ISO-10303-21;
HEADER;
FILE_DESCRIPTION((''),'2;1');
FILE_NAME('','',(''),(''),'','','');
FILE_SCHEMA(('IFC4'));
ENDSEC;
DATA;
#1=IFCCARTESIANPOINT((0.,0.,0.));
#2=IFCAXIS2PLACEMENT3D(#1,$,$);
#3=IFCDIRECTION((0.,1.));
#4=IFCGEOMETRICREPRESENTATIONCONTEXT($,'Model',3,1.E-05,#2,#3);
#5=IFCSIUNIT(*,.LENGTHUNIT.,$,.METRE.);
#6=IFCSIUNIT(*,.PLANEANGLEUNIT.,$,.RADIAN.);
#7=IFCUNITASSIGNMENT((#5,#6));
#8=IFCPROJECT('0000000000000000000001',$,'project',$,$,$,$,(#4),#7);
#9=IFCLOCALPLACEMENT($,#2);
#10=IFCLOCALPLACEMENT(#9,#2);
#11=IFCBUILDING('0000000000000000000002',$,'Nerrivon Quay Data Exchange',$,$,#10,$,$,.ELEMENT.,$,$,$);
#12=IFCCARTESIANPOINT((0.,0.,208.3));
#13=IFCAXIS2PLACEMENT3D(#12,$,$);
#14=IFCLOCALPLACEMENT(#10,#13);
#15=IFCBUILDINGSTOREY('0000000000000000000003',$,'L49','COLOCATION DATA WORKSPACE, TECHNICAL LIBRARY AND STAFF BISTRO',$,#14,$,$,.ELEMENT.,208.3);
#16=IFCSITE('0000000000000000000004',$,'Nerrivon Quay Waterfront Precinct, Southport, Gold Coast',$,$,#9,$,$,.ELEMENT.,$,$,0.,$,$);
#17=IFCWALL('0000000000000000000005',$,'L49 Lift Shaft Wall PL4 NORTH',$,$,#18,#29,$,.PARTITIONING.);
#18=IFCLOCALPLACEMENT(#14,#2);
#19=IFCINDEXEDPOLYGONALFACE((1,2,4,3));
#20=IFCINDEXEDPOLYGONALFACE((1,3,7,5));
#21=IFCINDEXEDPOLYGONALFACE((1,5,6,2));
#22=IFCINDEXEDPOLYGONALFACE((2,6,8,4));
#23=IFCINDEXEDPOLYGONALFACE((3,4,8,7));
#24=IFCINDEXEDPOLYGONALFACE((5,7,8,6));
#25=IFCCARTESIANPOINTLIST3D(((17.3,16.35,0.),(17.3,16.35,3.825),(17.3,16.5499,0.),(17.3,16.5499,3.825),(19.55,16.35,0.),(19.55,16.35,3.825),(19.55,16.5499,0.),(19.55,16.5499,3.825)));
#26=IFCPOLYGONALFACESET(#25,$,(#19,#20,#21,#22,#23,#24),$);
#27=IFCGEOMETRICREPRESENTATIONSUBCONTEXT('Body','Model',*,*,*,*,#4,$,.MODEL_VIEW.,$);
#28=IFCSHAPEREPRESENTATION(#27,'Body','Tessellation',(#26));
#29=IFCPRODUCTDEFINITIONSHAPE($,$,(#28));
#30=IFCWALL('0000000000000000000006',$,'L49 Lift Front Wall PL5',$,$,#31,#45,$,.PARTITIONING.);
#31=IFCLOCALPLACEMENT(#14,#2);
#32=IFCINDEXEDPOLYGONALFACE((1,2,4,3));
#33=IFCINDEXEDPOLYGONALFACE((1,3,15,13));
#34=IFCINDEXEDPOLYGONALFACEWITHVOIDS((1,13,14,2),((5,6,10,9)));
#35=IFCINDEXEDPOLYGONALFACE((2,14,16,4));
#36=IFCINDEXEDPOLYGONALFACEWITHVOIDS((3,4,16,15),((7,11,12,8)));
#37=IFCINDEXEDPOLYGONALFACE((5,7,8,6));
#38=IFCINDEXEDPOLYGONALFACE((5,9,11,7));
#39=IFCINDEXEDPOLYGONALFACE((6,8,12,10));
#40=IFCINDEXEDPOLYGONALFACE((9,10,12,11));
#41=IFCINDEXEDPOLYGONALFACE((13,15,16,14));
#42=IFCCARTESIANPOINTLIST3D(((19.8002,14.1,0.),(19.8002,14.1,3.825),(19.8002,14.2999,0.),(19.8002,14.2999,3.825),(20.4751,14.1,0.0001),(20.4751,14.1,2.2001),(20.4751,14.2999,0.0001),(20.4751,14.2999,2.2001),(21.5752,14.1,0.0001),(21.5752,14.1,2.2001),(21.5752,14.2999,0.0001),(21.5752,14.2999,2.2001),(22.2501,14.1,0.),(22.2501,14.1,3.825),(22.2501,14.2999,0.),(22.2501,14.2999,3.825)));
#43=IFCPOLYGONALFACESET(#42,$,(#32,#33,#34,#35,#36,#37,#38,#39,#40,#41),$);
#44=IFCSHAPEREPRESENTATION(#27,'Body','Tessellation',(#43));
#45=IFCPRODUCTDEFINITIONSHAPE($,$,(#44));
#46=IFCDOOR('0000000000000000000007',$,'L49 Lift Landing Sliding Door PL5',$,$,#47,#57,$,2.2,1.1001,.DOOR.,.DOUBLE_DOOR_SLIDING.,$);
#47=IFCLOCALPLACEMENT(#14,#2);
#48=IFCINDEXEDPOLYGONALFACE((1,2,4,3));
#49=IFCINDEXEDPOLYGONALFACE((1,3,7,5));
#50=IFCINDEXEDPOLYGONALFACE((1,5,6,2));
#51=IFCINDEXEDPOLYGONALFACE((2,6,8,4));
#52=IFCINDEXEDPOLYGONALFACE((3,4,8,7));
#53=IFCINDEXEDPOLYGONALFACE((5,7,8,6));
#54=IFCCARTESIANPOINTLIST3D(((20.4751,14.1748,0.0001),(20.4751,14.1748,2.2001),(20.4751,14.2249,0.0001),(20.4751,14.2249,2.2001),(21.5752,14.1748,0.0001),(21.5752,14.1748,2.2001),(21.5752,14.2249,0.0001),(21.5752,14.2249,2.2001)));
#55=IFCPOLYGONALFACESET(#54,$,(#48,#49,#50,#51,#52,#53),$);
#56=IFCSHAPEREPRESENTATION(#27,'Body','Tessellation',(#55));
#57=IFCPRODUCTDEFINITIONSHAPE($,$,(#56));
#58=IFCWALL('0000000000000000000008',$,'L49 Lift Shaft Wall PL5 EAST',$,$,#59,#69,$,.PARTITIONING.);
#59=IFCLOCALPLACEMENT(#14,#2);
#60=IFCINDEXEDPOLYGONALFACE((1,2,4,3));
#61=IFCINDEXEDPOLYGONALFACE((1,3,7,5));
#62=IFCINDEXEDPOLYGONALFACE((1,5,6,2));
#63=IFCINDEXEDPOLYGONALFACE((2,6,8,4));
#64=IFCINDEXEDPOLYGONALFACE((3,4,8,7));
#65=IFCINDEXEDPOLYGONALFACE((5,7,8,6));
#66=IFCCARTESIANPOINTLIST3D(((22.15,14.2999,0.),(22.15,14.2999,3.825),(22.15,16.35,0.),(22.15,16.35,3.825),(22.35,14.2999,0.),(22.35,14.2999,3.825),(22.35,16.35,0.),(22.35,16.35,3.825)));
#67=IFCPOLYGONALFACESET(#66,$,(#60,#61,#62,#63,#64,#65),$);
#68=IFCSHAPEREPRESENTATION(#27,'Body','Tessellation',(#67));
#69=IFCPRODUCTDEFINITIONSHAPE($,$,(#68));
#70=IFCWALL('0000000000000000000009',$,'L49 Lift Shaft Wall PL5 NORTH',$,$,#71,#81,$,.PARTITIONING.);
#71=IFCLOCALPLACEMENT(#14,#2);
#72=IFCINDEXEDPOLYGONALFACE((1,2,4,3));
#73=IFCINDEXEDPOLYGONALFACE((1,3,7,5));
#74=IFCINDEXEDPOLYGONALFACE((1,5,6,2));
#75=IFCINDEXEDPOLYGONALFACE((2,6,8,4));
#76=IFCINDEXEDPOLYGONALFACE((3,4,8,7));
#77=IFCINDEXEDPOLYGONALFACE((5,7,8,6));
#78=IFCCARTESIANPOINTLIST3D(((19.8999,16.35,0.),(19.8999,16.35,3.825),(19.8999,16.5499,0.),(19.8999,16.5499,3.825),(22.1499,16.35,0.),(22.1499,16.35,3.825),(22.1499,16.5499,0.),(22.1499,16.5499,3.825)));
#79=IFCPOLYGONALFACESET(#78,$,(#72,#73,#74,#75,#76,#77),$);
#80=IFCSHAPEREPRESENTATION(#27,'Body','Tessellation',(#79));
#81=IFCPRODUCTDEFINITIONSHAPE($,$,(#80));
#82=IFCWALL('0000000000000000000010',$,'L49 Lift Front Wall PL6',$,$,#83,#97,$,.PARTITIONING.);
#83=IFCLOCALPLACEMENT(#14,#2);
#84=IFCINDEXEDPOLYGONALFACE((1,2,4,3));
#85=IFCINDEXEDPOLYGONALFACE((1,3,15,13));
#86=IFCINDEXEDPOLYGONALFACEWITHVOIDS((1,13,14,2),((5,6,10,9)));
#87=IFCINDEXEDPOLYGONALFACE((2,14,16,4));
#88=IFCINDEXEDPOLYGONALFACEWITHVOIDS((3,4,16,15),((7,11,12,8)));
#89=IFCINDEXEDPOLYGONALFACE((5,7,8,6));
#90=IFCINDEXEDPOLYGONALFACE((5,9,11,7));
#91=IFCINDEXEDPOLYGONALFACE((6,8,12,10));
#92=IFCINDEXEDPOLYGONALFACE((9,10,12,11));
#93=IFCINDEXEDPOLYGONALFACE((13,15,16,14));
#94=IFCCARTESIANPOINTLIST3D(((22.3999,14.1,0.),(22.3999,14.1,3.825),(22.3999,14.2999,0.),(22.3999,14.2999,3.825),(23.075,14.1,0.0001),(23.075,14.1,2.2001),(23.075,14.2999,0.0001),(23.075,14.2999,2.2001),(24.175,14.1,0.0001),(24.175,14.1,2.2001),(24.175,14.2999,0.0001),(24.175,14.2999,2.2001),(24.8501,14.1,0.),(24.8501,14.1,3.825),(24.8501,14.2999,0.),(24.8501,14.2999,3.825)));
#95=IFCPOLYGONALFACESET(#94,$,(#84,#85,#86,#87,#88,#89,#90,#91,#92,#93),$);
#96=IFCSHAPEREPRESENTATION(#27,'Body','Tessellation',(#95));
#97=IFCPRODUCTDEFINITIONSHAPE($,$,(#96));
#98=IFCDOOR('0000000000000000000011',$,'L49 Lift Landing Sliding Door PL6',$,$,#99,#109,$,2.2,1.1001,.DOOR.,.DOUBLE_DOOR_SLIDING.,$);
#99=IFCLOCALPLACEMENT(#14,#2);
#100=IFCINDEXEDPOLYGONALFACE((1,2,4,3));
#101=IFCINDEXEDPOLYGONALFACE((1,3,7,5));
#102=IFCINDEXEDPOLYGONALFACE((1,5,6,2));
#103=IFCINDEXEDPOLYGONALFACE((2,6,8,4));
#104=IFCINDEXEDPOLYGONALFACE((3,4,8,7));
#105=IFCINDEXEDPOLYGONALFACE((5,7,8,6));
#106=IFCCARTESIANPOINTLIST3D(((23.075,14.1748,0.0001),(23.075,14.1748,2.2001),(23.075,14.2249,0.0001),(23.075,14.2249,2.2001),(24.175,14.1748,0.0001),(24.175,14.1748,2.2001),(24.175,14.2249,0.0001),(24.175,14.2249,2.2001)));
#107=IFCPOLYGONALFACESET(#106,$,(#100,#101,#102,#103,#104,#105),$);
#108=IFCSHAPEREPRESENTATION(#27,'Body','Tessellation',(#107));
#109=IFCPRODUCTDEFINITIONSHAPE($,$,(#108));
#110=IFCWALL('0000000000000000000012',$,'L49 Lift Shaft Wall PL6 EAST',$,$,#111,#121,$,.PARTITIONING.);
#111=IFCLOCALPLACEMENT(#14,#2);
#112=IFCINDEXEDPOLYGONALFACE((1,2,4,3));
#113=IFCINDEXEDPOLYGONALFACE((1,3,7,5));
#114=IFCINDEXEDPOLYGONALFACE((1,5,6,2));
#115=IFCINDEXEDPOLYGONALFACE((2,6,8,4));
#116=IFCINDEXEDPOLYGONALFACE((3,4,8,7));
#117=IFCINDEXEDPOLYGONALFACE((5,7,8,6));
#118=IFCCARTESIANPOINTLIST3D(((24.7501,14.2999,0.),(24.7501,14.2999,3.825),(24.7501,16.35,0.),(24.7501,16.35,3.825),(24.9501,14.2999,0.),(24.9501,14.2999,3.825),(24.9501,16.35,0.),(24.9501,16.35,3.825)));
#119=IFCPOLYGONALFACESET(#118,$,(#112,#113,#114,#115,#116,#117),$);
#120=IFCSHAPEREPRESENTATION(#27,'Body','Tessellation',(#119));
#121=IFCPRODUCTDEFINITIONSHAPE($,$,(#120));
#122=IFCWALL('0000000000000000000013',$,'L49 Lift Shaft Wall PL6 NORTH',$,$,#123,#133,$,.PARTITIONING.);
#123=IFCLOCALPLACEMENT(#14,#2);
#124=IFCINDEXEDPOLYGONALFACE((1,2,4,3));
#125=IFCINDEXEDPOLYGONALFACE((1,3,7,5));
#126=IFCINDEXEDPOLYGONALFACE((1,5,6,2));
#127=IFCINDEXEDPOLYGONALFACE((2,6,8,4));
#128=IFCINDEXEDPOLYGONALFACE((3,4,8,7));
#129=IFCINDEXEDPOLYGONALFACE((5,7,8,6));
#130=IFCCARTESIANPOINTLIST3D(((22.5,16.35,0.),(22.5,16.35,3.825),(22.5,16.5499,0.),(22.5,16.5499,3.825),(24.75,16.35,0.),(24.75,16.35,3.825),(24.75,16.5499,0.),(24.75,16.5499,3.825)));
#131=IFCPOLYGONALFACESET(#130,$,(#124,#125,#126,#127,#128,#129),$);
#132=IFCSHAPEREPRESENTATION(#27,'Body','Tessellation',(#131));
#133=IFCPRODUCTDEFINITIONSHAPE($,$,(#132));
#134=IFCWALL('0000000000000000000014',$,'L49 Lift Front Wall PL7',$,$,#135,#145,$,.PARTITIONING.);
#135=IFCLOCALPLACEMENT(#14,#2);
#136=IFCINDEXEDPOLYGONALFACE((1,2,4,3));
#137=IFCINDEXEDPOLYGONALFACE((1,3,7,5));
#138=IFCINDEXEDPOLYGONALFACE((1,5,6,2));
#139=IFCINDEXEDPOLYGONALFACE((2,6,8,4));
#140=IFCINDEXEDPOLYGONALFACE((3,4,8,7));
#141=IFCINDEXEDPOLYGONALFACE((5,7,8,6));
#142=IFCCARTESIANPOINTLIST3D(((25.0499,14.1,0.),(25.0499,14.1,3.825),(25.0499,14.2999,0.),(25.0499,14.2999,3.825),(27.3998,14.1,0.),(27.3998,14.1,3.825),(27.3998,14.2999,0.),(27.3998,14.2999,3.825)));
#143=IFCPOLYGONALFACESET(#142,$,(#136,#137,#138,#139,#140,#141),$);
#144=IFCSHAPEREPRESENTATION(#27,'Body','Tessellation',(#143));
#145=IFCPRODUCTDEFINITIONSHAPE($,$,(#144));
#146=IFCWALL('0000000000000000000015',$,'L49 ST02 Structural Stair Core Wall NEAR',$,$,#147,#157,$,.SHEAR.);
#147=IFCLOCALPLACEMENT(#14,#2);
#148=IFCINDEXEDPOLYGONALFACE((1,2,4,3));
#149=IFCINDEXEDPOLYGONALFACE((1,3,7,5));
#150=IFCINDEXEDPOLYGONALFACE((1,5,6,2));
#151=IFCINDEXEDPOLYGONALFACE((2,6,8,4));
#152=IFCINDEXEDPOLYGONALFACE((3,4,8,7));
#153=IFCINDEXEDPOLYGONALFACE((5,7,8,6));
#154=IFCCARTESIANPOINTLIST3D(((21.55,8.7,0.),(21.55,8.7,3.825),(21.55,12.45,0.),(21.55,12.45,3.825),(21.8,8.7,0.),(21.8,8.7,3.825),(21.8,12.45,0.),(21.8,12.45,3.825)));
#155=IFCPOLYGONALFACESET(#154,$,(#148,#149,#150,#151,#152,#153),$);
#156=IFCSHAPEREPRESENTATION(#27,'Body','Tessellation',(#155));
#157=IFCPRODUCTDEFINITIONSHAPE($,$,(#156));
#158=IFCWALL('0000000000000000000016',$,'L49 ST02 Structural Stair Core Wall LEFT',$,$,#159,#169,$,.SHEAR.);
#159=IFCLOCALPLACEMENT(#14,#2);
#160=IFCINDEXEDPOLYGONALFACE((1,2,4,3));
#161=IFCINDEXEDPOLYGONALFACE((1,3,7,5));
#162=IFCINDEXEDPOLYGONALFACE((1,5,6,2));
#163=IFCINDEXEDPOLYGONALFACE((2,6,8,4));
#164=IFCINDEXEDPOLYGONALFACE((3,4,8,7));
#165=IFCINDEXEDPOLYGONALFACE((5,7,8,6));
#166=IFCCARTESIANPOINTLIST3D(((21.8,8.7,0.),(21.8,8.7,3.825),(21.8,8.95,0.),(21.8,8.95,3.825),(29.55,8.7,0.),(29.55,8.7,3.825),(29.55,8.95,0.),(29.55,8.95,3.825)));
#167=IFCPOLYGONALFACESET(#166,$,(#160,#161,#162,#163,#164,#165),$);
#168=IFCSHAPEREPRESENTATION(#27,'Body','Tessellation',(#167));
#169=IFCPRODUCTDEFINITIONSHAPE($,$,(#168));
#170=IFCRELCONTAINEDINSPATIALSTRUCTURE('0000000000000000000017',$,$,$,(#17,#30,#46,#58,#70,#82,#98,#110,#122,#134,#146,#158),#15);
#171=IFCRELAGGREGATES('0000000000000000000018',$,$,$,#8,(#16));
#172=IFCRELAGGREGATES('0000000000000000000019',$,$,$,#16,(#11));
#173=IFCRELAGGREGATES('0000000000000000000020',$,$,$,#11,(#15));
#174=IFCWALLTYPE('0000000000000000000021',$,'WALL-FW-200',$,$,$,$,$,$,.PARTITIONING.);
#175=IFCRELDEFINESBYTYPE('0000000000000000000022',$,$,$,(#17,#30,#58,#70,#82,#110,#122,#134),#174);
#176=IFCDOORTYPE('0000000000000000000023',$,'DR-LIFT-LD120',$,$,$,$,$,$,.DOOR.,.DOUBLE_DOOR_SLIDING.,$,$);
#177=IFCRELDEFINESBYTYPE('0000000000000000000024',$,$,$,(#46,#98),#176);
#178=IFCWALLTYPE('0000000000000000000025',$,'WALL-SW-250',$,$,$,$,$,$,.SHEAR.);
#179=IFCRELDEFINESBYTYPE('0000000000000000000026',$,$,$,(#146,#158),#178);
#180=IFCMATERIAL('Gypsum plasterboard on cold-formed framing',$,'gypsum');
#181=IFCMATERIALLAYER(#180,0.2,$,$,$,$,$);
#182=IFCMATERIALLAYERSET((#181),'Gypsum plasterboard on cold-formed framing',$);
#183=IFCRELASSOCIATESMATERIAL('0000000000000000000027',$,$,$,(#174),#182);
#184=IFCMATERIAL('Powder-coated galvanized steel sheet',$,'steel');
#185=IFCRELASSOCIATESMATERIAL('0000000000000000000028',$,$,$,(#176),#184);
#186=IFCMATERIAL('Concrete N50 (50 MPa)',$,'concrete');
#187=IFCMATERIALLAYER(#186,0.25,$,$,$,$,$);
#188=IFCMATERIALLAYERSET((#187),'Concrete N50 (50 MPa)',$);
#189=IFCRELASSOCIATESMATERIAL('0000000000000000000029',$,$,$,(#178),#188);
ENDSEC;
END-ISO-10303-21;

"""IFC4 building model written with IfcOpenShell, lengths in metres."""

from ifc_helpers import new_model, si_unit, direction, frame, frame_2d, origin, place, context, subcontext, project, spatial, rectangle, extrude, material, layer, layer_set, type_object, element, fill, save


model = new_model("IFC4")

# Units and contexts
model_context = context("Model", 3, precision=1e-05, world=origin(), true_north=direction((0.0, 1.0)))
body_context = subcontext(model_context, "Body", "Model", "MODEL_VIEW")
ifc_project = project(units=[si_unit("LENGTHUNIT", "METRE"), si_unit("PLANEANGLEUNIT", "RADIAN")], contexts=[model_context])

# Site, building, storey
site_placement = place(None, origin())
site = spatial("IfcSite", under=ifc_project, at=site_placement, Name="Nerrivon Quay Waterfront Precinct, Southport, Gold Coast", CompositionType="ELEMENT", RefElevation=0.0)
building_placement = place(site_placement, origin())
building = spatial("IfcBuilding", under=site, at=building_placement, Name="Nerrivon Quay Data Exchange", CompositionType="ELEMENT")
storey_placement = place(building_placement, frame((0.0, 0.0, 208.3)))
storey = spatial("IfcBuildingStorey", under=building, at=storey_placement, Name="L49", Description="COLOCATION DATA WORKSPACE, TECHNICAL LIBRARY AND STAFF BISTRO", CompositionType="ELEMENT", Elevation=208.3)

# Shared definitions
ifc_material_1 = material(Name="Concrete N50 (50 MPa)", Category="concrete")

# Shared definitions
ifc_material_2 = material(Name="Powder-coated galvanized steel sheet", Category="steel")

# Shared definitions
ifc_material_3 = material(Name="Gypsum plasterboard on cold-formed framing", Category="gypsum")
ifc_layer_1 = layer(ifc_material_3, 0.2)
ifc_layer_set_1 = layer_set([ifc_layer_1], Name="Gypsum plasterboard on cold-formed framing")
wall_type_1 = type_object("IfcWallType", Name="WALL-FW-200", PredefinedType="PARTITIONING", material=ifc_layer_set_1)

# Shared definitions
door_type_1 = type_object("IfcDoorType", Name="DR-LIFT-LD120", OperationType="DOUBLE_DOOR_SLIDING", PredefinedType="DOOR", material=ifc_material_2)

# Wall
wall_1_placement = place(storey_placement, frame((17.3, 16.45, 0.0), z_axis=(0.0, 0.0, 1.0), x_axis=(1.0, 0.0, 0.0)))
element("IfcWall", 1, at=wall_1_placement, inside=storey, type_object=wall_type_1, Name="L49 Lift Shaft Wall PL4 NORTH", PredefinedType="PARTITIONING", context=body_context, shape_type="SweptSolid", body=[
    extrude(rectangle(XDim=2.25, YDim=0.2, at=frame_2d((1.125, 0.0))), origin(), (0.0, 0.0, 1.0), 3.825),
])

# Wall, opening, door
wall_2_placement = place(storey_placement, frame((19.8, 14.2, 0.0), z_axis=(0.0, 0.0, 1.0), x_axis=(1.0, 0.0, 0.0)))
wall_2 = element("IfcWall", 2, at=wall_2_placement, inside=storey, type_object=wall_type_1, Name="L49 Lift Front Wall PL5", PredefinedType="PARTITIONING", context=body_context, shape_type="SweptSolid", body=[
    extrude(rectangle(XDim=2.45, YDim=0.2, at=frame_2d((1.2251, 0.0))), origin(), (0.0, 0.0, 1.0), 3.825),
])
opening_1_placement = place(wall_2_placement, frame((0.675, 0.0, 0.0)))
opening_1 = element("IfcOpeningElement", 3, at=opening_1_placement, cuts=wall_2, PredefinedType="OPENING", context=body_context, shape_type="SweptSolid", body=[
    extrude(rectangle(XDim=1.1001, YDim=2.2, at=frame_2d((0.55, 1.1001))), frame((0.0, 0.1099, 0.0), z_axis=(0.0, -1.0, 0.0), x_axis=(1.0, 0.0, 0.0)), (0.0, 0.0, 1.0), 0.22),
])
door_1_placement = place(opening_1_placement, origin())
door_1 = element("IfcDoor", 4, at=door_1_placement, inside=storey, type_object=door_type_1, Name="L49 Lift Landing Sliding Door PL5", OperationType="DOUBLE_DOOR_SLIDING", OverallHeight=2.2, OverallWidth=1.1001, PredefinedType="DOOR", context=body_context, shape_type="SweptSolid", body=[
    extrude(rectangle(XDim=1.1001, YDim=2.2, at=frame_2d((0.55, 1.1001))), frame((0.0, 0.0249, 0.0), z_axis=(0.0, -1.0, 0.0), x_axis=(1.0, 0.0, 0.0)), (0.0, 0.0, 1.0), 0.05),
])
fill(opening_1, door_1)

# Walls
wall_3_placement = place(storey_placement, frame((22.25, 14.3, 0.0), z_axis=(0.0, 0.0, 1.0), x_axis=(0.0, 1.0, 0.0)))
element("IfcWall", 5, at=wall_3_placement, inside=storey, type_object=wall_type_1, Name="L49 Lift Shaft Wall PL5 EAST", PredefinedType="PARTITIONING", context=body_context, shape_type="SweptSolid", body=[
    extrude(rectangle(XDim=2.05, YDim=0.2, at=frame_2d((1.0249, 0.0))), origin(), (0.0, 0.0, 1.0), 3.825),
])
wall_4_placement = place(storey_placement, frame((19.8999, 16.45, 0.0), z_axis=(0.0, 0.0, 1.0), x_axis=(1.0, 0.0, 0.0)))
element("IfcWall", 6, at=wall_4_placement, inside=storey, type_object=wall_type_1, Name="L49 Lift Shaft Wall PL5 NORTH", PredefinedType="PARTITIONING", context=body_context, shape_type="SweptSolid", body=[
    extrude(rectangle(XDim=2.25, YDim=0.2, at=frame_2d((1.125, 0.0))), origin(), (0.0, 0.0, 1.0), 3.825),
])

# Wall, opening, door
wall_5_placement = place(storey_placement, frame((22.3999, 14.2, 0.0), z_axis=(0.0, 0.0, 1.0), x_axis=(1.0, 0.0, 0.0)))
wall_5 = element("IfcWall", 7, at=wall_5_placement, inside=storey, type_object=wall_type_1, Name="L49 Lift Front Wall PL6", PredefinedType="PARTITIONING", context=body_context, shape_type="SweptSolid", body=[
    extrude(rectangle(XDim=2.4502, YDim=0.2, at=frame_2d((1.2251, 0.0))), origin(), (0.0, 0.0, 1.0), 3.825),
])
opening_2_placement = place(wall_5_placement, frame((0.675, 0.0, 0.0)))
opening_2 = element("IfcOpeningElement", 8, at=opening_2_placement, cuts=wall_5, PredefinedType="OPENING", context=body_context, shape_type="SweptSolid", body=[
    extrude(rectangle(XDim=1.1001, YDim=2.2, at=frame_2d((0.55, 1.1001))), frame((0.0, 0.1099, 0.0), z_axis=(0.0, -1.0, 0.0), x_axis=(1.0, 0.0, 0.0)), (0.0, 0.0, 1.0), 0.22),
])
door_2_placement = place(opening_2_placement, origin())
door_2 = element("IfcDoor", 9, at=door_2_placement, inside=storey, type_object=door_type_1, Name="L49 Lift Landing Sliding Door PL6", OperationType="DOUBLE_DOOR_SLIDING", OverallHeight=2.2, OverallWidth=1.1001, PredefinedType="DOOR", context=body_context, shape_type="SweptSolid", body=[
    extrude(rectangle(XDim=1.1001, YDim=2.2, at=frame_2d((0.55, 1.1001))), frame((0.0, 0.0249, 0.0), z_axis=(0.0, -1.0, 0.0), x_axis=(1.0, 0.0, 0.0)), (0.0, 0.0, 1.0), 0.05),
])
fill(opening_2, door_2)

# Walls
wall_6_placement = place(storey_placement, frame((24.8501, 14.3, 0.0), z_axis=(0.0, 0.0, 1.0), x_axis=(0.0, 1.0, 0.0)))
element("IfcWall", 10, at=wall_6_placement, inside=storey, type_object=wall_type_1, Name="L49 Lift Shaft Wall PL6 EAST", PredefinedType="PARTITIONING", context=body_context, shape_type="SweptSolid", body=[
    extrude(rectangle(XDim=2.05, YDim=0.2, at=frame_2d((1.0249, 0.0))), origin(), (0.0, 0.0, 1.0), 3.825),
])
wall_7_placement = place(storey_placement, frame((22.5, 16.45, 0.0), z_axis=(0.0, 0.0, 1.0), x_axis=(1.0, 0.0, 0.0)))
element("IfcWall", 11, at=wall_7_placement, inside=storey, type_object=wall_type_1, Name="L49 Lift Shaft Wall PL6 NORTH", PredefinedType="PARTITIONING", context=body_context, shape_type="SweptSolid", body=[
    extrude(rectangle(XDim=2.25, YDim=0.2, at=frame_2d((1.125, 0.0))), origin(), (0.0, 0.0, 1.0), 3.825),
])
wall_8_placement = place(storey_placement, frame((25.05, 14.2, 0.0), z_axis=(0.0, 0.0, 1.0), x_axis=(1.0, 0.0, 0.0)))
element("IfcWall", 12, at=wall_8_placement, inside=storey, type_object=wall_type_1, Name="L49 Lift Front Wall PL7", PredefinedType="PARTITIONING", context=body_context, shape_type="SweptSolid", body=[
    extrude(rectangle(XDim=2.3499, YDim=0.2, at=frame_2d((1.1748, 0.0))), origin(), (0.0, 0.0, 1.0), 3.825),
])
ifc_layer_2 = layer(ifc_material_1, 0.25)
ifc_layer_set_2 = layer_set([ifc_layer_2], Name="Concrete N50 (50 MPa)")
wall_type_2 = type_object("IfcWallType", Name="WALL-SW-250", PredefinedType="SHEAR", material=ifc_layer_set_2)
wall_9_placement = place(storey_placement, frame((21.675, 8.7, 0.0), z_axis=(0.0, 0.0, 1.0), x_axis=(0.0, 1.0, 0.0)))
element("IfcWall", 13, at=wall_9_placement, inside=storey, type_object=wall_type_2, Name="L49 ST02 Structural Stair Core Wall NEAR", PredefinedType="SHEAR", context=body_context, shape_type="SweptSolid", body=[
    extrude(rectangle(XDim=3.75, YDim=0.25, at=frame_2d((1.875, 0.0))), origin(), (0.0, 0.0, 1.0), 3.825),
])
wall_10_placement = place(storey_placement, frame((21.8, 8.825, 0.0), z_axis=(0.0, 0.0, 1.0), x_axis=(1.0, 0.0, 0.0)))
element("IfcWall", 14, at=wall_10_placement, inside=storey, type_object=wall_type_2, Name="L49 ST02 Structural Stair Core Wall LEFT", PredefinedType="SHEAR", context=body_context, shape_type="SweptSolid", body=[
    extrude(rectangle(XDim=7.75, YDim=0.25, at=frame_2d((3.875, 0.0))), origin(), (0.0, 0.0, 1.0), 3.825),
])

save(model, "model.ifc")
